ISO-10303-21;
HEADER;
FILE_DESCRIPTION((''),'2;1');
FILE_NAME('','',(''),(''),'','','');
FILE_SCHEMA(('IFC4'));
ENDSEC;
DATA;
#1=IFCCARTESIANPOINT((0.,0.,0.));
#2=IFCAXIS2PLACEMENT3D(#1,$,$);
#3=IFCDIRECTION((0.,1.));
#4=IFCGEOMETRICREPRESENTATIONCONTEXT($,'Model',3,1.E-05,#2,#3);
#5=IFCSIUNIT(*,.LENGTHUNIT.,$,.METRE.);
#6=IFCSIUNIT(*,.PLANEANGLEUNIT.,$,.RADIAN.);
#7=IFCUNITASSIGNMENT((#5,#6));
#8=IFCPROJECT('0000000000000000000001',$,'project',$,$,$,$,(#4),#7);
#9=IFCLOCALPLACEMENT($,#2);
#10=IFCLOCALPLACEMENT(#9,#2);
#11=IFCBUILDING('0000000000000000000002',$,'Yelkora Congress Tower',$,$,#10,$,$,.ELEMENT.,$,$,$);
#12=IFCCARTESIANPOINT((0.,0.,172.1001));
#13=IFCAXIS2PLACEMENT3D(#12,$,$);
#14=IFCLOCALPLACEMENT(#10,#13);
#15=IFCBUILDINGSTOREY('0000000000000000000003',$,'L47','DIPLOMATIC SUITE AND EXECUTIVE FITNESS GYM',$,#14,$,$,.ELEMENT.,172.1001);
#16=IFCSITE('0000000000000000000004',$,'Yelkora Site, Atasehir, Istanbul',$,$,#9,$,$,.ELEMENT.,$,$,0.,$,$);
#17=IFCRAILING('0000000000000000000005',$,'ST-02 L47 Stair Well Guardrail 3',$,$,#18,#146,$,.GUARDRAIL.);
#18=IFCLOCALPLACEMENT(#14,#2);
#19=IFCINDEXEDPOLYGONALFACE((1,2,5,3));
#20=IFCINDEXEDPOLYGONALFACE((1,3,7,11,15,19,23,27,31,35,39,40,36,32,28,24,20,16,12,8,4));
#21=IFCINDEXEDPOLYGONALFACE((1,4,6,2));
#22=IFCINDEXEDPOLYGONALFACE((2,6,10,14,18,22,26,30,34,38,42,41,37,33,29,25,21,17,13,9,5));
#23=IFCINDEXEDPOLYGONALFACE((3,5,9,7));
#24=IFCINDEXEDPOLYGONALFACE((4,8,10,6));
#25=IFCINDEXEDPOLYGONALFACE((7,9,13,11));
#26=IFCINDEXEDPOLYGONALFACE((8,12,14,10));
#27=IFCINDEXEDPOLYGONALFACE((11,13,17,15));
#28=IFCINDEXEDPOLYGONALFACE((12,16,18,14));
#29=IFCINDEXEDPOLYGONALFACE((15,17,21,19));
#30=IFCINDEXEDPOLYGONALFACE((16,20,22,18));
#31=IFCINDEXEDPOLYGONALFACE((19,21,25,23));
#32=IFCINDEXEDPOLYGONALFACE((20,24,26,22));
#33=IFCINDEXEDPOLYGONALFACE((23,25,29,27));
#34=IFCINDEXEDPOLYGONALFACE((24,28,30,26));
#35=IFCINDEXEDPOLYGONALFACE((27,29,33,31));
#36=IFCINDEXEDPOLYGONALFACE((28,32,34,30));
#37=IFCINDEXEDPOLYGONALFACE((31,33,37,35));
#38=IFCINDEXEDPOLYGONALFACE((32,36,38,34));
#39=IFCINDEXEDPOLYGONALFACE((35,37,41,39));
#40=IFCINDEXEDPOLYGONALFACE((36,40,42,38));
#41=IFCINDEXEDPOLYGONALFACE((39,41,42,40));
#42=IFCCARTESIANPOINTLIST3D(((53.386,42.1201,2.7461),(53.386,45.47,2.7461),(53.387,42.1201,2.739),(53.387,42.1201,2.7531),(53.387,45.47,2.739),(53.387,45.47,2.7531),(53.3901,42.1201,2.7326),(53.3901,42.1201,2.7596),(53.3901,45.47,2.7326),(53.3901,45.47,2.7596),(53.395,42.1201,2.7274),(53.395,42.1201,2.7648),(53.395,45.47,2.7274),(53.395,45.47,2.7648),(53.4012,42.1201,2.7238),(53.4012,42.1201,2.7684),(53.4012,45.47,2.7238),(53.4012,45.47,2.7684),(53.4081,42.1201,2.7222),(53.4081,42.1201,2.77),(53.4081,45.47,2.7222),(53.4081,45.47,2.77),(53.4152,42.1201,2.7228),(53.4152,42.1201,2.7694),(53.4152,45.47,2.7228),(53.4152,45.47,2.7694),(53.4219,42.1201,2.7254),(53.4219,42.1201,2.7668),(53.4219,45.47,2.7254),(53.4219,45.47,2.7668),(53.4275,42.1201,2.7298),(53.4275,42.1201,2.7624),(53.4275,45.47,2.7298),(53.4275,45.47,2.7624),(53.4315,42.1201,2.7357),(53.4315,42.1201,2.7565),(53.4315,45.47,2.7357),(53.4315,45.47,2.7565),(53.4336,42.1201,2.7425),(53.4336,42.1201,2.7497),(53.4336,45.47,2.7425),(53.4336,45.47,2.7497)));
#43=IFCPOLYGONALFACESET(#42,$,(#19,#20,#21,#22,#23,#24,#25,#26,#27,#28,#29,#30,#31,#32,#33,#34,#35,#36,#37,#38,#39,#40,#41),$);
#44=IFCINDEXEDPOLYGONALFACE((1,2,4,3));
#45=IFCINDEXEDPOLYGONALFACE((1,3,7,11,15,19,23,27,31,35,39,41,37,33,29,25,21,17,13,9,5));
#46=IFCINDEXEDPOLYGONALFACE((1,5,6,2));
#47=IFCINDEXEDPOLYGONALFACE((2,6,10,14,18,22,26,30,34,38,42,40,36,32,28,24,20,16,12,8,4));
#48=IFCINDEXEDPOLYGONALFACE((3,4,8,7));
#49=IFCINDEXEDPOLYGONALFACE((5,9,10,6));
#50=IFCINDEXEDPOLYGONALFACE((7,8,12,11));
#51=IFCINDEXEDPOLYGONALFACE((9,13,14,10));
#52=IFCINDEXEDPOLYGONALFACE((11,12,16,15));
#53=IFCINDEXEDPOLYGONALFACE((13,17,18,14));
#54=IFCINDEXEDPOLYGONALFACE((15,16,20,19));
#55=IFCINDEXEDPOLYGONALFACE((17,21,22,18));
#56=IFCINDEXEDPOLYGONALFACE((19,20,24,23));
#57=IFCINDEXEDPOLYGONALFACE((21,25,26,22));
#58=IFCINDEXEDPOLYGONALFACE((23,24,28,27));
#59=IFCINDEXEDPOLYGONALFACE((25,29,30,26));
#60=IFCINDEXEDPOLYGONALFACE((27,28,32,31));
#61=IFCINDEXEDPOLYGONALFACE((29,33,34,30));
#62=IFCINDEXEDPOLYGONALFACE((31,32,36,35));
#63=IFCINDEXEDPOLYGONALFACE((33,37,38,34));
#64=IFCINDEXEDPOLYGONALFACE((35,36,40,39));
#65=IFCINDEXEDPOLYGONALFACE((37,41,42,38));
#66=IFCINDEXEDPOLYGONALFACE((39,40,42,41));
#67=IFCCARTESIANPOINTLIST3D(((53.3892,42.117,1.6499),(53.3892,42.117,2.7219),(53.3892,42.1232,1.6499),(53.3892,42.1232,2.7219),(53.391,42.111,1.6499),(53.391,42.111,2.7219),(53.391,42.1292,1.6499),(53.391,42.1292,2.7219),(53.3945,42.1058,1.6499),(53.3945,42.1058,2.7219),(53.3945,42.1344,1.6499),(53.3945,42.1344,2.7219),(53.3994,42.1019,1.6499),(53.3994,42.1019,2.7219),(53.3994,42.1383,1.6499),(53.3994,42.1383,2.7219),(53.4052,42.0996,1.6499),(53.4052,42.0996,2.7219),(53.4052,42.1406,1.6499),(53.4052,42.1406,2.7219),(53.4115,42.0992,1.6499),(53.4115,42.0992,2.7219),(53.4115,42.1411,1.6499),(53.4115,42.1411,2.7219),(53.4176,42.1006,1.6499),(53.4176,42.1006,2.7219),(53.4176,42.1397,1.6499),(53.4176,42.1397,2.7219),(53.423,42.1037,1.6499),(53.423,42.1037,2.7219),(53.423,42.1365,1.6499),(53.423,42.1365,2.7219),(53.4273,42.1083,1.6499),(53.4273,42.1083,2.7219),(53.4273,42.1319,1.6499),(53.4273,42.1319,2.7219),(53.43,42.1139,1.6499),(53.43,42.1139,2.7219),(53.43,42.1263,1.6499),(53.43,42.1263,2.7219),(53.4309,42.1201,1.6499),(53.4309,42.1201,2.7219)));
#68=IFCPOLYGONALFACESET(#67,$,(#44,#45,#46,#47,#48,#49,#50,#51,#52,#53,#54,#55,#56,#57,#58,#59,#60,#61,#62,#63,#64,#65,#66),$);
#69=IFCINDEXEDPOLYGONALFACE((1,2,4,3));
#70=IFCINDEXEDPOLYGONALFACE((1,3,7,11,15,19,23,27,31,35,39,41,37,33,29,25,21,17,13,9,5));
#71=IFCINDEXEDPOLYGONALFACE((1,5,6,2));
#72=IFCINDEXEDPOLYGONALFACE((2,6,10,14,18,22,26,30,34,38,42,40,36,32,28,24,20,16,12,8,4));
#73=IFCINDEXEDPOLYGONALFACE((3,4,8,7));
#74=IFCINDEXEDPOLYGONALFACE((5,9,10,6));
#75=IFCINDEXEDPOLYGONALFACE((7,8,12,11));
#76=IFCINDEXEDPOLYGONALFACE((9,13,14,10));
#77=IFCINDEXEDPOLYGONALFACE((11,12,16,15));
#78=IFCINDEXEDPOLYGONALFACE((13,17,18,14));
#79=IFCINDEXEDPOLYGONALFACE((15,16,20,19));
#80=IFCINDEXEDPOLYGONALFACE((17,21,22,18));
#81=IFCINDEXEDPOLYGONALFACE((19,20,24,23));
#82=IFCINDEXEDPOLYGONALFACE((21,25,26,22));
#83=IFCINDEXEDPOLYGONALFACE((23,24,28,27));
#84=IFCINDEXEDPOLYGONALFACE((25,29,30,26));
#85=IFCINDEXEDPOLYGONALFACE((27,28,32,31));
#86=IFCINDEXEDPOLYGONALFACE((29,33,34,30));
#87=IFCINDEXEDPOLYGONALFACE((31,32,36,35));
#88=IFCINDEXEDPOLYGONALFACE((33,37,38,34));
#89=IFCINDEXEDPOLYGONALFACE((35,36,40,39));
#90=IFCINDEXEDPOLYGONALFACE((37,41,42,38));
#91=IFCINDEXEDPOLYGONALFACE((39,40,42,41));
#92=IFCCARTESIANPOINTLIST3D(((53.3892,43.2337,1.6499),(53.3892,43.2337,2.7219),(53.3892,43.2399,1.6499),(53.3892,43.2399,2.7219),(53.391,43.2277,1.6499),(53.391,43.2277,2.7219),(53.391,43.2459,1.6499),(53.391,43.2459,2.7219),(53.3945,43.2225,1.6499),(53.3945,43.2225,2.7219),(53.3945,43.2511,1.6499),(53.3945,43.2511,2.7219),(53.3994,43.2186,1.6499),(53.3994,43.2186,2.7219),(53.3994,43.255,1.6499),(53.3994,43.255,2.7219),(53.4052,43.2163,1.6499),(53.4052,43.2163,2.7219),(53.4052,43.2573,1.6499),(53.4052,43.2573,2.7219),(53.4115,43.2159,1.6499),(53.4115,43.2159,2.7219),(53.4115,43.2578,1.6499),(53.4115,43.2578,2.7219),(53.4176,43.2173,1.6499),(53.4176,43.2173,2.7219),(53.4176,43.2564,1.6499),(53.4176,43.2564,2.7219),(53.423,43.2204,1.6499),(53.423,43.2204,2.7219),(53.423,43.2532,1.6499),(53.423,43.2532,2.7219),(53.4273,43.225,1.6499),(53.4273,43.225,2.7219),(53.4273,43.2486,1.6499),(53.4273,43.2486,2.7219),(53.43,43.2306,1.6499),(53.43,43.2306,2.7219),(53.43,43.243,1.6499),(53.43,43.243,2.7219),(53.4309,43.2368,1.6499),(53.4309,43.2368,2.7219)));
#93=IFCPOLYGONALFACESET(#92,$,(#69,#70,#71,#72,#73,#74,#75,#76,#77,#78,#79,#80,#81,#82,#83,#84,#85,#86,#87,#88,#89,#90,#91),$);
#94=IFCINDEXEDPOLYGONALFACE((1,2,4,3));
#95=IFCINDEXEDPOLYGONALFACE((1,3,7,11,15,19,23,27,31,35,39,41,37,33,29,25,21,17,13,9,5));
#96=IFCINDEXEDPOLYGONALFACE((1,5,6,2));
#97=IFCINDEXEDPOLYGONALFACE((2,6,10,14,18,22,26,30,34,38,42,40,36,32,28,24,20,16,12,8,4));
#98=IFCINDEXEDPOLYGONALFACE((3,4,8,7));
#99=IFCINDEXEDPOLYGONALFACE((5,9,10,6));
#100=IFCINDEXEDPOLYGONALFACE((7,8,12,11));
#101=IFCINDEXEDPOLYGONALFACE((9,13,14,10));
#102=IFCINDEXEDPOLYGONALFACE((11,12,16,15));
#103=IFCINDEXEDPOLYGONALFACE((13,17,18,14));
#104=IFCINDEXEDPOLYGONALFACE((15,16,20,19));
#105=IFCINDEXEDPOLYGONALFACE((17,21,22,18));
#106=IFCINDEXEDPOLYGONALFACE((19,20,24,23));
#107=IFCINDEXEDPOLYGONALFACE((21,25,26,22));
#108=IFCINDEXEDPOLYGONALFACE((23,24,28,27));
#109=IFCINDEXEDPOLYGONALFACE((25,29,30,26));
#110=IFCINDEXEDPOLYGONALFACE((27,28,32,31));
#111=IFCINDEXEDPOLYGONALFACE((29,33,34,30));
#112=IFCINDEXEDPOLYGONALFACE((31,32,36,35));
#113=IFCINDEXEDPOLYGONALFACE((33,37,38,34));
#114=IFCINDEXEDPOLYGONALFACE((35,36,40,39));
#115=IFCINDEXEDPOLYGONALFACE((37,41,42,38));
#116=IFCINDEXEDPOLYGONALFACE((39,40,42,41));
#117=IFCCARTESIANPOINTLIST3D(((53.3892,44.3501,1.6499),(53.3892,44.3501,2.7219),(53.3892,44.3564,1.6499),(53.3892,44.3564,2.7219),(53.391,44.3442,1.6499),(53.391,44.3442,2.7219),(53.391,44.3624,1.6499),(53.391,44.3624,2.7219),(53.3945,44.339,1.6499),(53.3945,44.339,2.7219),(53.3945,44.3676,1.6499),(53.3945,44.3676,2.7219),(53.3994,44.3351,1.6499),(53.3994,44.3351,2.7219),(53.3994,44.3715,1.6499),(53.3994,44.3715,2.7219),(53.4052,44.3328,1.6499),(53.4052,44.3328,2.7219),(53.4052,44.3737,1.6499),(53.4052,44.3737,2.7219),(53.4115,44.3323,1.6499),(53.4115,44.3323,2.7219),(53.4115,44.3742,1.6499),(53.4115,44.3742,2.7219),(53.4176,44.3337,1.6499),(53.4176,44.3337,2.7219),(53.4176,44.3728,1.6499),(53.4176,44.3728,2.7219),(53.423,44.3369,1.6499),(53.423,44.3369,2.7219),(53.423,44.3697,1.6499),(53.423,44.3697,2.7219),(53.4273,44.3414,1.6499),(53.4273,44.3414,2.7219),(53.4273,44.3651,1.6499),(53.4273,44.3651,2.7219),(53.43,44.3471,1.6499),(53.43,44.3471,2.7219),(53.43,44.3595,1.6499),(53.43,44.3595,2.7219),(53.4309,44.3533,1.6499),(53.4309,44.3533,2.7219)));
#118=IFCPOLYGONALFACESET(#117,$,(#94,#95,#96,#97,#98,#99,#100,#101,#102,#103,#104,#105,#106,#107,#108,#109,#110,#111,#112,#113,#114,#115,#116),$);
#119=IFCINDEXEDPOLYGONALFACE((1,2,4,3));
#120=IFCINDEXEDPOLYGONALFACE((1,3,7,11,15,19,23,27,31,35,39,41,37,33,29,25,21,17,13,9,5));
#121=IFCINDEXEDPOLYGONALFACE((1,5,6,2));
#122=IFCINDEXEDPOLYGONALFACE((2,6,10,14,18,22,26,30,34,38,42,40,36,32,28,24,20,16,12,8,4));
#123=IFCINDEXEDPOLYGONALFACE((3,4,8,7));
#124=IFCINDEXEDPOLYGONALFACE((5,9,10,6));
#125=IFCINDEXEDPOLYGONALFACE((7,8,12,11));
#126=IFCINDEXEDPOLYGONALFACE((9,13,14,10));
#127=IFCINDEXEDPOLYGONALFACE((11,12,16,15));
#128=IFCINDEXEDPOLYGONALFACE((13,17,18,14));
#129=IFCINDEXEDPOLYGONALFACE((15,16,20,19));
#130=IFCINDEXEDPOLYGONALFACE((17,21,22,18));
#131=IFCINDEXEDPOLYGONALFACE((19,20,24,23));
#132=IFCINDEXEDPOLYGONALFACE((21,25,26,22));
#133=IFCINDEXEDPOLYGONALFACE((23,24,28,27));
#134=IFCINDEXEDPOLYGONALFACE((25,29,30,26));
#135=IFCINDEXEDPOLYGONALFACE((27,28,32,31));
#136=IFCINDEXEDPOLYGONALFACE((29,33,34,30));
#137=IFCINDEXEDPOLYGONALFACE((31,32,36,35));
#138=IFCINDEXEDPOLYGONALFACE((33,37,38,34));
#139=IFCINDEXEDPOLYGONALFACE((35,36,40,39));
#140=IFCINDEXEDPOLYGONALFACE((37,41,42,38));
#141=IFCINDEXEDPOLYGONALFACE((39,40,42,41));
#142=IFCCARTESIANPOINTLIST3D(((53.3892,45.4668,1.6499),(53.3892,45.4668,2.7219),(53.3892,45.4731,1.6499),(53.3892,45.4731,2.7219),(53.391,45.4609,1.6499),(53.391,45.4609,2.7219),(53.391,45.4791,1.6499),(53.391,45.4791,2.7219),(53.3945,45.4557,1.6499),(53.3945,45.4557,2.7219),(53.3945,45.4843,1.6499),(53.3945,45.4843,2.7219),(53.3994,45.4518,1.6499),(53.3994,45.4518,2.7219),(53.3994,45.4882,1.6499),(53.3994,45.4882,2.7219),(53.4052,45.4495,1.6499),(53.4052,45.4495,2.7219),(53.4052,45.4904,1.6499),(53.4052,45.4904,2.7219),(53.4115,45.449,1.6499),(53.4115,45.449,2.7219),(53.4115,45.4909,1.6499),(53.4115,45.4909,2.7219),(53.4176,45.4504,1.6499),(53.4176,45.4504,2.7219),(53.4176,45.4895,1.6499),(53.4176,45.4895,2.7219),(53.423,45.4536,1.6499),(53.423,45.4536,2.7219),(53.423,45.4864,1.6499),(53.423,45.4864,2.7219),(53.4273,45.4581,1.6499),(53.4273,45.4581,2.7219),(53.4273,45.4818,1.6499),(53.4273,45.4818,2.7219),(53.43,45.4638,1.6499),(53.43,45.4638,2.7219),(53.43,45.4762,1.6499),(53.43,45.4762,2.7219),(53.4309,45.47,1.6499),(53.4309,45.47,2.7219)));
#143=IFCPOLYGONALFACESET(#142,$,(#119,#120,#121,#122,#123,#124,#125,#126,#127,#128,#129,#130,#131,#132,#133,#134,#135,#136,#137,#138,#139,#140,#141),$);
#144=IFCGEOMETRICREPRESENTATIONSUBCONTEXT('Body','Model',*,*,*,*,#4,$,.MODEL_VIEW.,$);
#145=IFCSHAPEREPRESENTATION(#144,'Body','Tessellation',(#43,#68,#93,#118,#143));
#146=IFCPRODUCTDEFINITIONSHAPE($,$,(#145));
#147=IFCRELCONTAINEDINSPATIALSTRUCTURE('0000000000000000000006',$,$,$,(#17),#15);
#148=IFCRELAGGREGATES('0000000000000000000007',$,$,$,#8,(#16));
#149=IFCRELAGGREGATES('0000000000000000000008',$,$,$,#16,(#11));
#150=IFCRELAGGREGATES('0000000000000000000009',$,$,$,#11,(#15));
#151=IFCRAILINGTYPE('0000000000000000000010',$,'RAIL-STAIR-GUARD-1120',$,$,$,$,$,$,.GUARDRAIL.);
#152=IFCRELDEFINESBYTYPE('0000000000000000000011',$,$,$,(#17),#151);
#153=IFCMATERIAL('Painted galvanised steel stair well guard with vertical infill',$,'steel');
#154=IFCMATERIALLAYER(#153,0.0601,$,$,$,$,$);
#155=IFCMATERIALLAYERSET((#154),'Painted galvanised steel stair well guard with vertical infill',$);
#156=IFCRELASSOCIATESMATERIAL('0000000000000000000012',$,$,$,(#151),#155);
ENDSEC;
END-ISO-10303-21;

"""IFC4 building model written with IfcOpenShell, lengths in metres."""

from ifc_helpers import new_model, si_unit, direction, frame, origin, origin_2d, place, context, subcontext, project, spatial, circle, extrude, material, layer, layer_set, type_object, element, save


model = new_model("IFC4")

# Units and contexts
model_context = context("Model", 3, precision=1e-05, world=origin(), true_north=direction((0.0, 1.0)))
body_context = subcontext(model_context, "Body", "Model", "MODEL_VIEW")
ifc_project = project(units=[si_unit("LENGTHUNIT", "METRE"), si_unit("PLANEANGLEUNIT", "RADIAN")], contexts=[model_context])

# Site, building, storey
site_placement = place(None, origin())
site = spatial("IfcSite", under=ifc_project, at=site_placement, Name="Yelkora Site, Atasehir, Istanbul", CompositionType="ELEMENT", RefElevation=0.0)
building_placement = place(site_placement, origin())
building = spatial("IfcBuilding", under=site, at=building_placement, Name="Yelkora Congress Tower", CompositionType="ELEMENT")
storey_placement = place(building_placement, frame((0.0, 0.0, 172.1001)))
storey = spatial("IfcBuildingStorey", under=building, at=storey_placement, Name="L47", Description="DIPLOMATIC SUITE AND EXECUTIVE FITNESS GYM", CompositionType="ELEMENT", Elevation=172.1001)

# Railing
ifc_material_1 = material(Name="Painted galvanised steel stair well guard with vertical infill", Category="steel")
ifc_layer_1 = layer(ifc_material_1, 0.0601)
ifc_layer_set_1 = layer_set([ifc_layer_1], Name="Painted galvanised steel stair well guard with vertical infill")
railing_type_1 = type_object("IfcRailingType", Name="RAIL-STAIR-GUARD-1120", PredefinedType="GUARDRAIL", material=ifc_layer_set_1)
railing_1_placement = place(storey_placement, frame((53.4099, 42.1201, 1.6499)))
element("IfcRailing", 1, at=railing_1_placement, inside=storey, type_object=railing_type_1, Name="ST-02 L47 Stair Well Guardrail 3", PredefinedType="GUARDRAIL", context=body_context, shape_type="SweptSolid", body=[
    extrude(circle(Radius=0.0239, at=origin_2d()), frame((0.0, 0.0, 1.0962), z_axis=(0.0, 1.0, 0.0), x_axis=(-1.0, 0.0, 0.0)), (0.0, 0.0, 1.0), 3.3499),
    extrude(circle(Radius=0.021, at=origin_2d()), origin(), (0.0, 0.0, 1.0), 1.072),
    extrude(circle(Radius=0.021, at=origin_2d()), frame((0.0, 1.1167, 0.0)), (0.0, 0.0, 1.0), 1.072),
    extrude(circle(Radius=0.021, at=origin_2d()), frame((0.0, 2.2332, 0.0)), (0.0, 0.0, 1.0), 1.072),
    extrude(circle(Radius=0.021, at=origin_2d()), frame((0.0, 3.3499, 0.0)), (0.0, 0.0, 1.0), 1.072),
])

save(model, "model.ifc")
